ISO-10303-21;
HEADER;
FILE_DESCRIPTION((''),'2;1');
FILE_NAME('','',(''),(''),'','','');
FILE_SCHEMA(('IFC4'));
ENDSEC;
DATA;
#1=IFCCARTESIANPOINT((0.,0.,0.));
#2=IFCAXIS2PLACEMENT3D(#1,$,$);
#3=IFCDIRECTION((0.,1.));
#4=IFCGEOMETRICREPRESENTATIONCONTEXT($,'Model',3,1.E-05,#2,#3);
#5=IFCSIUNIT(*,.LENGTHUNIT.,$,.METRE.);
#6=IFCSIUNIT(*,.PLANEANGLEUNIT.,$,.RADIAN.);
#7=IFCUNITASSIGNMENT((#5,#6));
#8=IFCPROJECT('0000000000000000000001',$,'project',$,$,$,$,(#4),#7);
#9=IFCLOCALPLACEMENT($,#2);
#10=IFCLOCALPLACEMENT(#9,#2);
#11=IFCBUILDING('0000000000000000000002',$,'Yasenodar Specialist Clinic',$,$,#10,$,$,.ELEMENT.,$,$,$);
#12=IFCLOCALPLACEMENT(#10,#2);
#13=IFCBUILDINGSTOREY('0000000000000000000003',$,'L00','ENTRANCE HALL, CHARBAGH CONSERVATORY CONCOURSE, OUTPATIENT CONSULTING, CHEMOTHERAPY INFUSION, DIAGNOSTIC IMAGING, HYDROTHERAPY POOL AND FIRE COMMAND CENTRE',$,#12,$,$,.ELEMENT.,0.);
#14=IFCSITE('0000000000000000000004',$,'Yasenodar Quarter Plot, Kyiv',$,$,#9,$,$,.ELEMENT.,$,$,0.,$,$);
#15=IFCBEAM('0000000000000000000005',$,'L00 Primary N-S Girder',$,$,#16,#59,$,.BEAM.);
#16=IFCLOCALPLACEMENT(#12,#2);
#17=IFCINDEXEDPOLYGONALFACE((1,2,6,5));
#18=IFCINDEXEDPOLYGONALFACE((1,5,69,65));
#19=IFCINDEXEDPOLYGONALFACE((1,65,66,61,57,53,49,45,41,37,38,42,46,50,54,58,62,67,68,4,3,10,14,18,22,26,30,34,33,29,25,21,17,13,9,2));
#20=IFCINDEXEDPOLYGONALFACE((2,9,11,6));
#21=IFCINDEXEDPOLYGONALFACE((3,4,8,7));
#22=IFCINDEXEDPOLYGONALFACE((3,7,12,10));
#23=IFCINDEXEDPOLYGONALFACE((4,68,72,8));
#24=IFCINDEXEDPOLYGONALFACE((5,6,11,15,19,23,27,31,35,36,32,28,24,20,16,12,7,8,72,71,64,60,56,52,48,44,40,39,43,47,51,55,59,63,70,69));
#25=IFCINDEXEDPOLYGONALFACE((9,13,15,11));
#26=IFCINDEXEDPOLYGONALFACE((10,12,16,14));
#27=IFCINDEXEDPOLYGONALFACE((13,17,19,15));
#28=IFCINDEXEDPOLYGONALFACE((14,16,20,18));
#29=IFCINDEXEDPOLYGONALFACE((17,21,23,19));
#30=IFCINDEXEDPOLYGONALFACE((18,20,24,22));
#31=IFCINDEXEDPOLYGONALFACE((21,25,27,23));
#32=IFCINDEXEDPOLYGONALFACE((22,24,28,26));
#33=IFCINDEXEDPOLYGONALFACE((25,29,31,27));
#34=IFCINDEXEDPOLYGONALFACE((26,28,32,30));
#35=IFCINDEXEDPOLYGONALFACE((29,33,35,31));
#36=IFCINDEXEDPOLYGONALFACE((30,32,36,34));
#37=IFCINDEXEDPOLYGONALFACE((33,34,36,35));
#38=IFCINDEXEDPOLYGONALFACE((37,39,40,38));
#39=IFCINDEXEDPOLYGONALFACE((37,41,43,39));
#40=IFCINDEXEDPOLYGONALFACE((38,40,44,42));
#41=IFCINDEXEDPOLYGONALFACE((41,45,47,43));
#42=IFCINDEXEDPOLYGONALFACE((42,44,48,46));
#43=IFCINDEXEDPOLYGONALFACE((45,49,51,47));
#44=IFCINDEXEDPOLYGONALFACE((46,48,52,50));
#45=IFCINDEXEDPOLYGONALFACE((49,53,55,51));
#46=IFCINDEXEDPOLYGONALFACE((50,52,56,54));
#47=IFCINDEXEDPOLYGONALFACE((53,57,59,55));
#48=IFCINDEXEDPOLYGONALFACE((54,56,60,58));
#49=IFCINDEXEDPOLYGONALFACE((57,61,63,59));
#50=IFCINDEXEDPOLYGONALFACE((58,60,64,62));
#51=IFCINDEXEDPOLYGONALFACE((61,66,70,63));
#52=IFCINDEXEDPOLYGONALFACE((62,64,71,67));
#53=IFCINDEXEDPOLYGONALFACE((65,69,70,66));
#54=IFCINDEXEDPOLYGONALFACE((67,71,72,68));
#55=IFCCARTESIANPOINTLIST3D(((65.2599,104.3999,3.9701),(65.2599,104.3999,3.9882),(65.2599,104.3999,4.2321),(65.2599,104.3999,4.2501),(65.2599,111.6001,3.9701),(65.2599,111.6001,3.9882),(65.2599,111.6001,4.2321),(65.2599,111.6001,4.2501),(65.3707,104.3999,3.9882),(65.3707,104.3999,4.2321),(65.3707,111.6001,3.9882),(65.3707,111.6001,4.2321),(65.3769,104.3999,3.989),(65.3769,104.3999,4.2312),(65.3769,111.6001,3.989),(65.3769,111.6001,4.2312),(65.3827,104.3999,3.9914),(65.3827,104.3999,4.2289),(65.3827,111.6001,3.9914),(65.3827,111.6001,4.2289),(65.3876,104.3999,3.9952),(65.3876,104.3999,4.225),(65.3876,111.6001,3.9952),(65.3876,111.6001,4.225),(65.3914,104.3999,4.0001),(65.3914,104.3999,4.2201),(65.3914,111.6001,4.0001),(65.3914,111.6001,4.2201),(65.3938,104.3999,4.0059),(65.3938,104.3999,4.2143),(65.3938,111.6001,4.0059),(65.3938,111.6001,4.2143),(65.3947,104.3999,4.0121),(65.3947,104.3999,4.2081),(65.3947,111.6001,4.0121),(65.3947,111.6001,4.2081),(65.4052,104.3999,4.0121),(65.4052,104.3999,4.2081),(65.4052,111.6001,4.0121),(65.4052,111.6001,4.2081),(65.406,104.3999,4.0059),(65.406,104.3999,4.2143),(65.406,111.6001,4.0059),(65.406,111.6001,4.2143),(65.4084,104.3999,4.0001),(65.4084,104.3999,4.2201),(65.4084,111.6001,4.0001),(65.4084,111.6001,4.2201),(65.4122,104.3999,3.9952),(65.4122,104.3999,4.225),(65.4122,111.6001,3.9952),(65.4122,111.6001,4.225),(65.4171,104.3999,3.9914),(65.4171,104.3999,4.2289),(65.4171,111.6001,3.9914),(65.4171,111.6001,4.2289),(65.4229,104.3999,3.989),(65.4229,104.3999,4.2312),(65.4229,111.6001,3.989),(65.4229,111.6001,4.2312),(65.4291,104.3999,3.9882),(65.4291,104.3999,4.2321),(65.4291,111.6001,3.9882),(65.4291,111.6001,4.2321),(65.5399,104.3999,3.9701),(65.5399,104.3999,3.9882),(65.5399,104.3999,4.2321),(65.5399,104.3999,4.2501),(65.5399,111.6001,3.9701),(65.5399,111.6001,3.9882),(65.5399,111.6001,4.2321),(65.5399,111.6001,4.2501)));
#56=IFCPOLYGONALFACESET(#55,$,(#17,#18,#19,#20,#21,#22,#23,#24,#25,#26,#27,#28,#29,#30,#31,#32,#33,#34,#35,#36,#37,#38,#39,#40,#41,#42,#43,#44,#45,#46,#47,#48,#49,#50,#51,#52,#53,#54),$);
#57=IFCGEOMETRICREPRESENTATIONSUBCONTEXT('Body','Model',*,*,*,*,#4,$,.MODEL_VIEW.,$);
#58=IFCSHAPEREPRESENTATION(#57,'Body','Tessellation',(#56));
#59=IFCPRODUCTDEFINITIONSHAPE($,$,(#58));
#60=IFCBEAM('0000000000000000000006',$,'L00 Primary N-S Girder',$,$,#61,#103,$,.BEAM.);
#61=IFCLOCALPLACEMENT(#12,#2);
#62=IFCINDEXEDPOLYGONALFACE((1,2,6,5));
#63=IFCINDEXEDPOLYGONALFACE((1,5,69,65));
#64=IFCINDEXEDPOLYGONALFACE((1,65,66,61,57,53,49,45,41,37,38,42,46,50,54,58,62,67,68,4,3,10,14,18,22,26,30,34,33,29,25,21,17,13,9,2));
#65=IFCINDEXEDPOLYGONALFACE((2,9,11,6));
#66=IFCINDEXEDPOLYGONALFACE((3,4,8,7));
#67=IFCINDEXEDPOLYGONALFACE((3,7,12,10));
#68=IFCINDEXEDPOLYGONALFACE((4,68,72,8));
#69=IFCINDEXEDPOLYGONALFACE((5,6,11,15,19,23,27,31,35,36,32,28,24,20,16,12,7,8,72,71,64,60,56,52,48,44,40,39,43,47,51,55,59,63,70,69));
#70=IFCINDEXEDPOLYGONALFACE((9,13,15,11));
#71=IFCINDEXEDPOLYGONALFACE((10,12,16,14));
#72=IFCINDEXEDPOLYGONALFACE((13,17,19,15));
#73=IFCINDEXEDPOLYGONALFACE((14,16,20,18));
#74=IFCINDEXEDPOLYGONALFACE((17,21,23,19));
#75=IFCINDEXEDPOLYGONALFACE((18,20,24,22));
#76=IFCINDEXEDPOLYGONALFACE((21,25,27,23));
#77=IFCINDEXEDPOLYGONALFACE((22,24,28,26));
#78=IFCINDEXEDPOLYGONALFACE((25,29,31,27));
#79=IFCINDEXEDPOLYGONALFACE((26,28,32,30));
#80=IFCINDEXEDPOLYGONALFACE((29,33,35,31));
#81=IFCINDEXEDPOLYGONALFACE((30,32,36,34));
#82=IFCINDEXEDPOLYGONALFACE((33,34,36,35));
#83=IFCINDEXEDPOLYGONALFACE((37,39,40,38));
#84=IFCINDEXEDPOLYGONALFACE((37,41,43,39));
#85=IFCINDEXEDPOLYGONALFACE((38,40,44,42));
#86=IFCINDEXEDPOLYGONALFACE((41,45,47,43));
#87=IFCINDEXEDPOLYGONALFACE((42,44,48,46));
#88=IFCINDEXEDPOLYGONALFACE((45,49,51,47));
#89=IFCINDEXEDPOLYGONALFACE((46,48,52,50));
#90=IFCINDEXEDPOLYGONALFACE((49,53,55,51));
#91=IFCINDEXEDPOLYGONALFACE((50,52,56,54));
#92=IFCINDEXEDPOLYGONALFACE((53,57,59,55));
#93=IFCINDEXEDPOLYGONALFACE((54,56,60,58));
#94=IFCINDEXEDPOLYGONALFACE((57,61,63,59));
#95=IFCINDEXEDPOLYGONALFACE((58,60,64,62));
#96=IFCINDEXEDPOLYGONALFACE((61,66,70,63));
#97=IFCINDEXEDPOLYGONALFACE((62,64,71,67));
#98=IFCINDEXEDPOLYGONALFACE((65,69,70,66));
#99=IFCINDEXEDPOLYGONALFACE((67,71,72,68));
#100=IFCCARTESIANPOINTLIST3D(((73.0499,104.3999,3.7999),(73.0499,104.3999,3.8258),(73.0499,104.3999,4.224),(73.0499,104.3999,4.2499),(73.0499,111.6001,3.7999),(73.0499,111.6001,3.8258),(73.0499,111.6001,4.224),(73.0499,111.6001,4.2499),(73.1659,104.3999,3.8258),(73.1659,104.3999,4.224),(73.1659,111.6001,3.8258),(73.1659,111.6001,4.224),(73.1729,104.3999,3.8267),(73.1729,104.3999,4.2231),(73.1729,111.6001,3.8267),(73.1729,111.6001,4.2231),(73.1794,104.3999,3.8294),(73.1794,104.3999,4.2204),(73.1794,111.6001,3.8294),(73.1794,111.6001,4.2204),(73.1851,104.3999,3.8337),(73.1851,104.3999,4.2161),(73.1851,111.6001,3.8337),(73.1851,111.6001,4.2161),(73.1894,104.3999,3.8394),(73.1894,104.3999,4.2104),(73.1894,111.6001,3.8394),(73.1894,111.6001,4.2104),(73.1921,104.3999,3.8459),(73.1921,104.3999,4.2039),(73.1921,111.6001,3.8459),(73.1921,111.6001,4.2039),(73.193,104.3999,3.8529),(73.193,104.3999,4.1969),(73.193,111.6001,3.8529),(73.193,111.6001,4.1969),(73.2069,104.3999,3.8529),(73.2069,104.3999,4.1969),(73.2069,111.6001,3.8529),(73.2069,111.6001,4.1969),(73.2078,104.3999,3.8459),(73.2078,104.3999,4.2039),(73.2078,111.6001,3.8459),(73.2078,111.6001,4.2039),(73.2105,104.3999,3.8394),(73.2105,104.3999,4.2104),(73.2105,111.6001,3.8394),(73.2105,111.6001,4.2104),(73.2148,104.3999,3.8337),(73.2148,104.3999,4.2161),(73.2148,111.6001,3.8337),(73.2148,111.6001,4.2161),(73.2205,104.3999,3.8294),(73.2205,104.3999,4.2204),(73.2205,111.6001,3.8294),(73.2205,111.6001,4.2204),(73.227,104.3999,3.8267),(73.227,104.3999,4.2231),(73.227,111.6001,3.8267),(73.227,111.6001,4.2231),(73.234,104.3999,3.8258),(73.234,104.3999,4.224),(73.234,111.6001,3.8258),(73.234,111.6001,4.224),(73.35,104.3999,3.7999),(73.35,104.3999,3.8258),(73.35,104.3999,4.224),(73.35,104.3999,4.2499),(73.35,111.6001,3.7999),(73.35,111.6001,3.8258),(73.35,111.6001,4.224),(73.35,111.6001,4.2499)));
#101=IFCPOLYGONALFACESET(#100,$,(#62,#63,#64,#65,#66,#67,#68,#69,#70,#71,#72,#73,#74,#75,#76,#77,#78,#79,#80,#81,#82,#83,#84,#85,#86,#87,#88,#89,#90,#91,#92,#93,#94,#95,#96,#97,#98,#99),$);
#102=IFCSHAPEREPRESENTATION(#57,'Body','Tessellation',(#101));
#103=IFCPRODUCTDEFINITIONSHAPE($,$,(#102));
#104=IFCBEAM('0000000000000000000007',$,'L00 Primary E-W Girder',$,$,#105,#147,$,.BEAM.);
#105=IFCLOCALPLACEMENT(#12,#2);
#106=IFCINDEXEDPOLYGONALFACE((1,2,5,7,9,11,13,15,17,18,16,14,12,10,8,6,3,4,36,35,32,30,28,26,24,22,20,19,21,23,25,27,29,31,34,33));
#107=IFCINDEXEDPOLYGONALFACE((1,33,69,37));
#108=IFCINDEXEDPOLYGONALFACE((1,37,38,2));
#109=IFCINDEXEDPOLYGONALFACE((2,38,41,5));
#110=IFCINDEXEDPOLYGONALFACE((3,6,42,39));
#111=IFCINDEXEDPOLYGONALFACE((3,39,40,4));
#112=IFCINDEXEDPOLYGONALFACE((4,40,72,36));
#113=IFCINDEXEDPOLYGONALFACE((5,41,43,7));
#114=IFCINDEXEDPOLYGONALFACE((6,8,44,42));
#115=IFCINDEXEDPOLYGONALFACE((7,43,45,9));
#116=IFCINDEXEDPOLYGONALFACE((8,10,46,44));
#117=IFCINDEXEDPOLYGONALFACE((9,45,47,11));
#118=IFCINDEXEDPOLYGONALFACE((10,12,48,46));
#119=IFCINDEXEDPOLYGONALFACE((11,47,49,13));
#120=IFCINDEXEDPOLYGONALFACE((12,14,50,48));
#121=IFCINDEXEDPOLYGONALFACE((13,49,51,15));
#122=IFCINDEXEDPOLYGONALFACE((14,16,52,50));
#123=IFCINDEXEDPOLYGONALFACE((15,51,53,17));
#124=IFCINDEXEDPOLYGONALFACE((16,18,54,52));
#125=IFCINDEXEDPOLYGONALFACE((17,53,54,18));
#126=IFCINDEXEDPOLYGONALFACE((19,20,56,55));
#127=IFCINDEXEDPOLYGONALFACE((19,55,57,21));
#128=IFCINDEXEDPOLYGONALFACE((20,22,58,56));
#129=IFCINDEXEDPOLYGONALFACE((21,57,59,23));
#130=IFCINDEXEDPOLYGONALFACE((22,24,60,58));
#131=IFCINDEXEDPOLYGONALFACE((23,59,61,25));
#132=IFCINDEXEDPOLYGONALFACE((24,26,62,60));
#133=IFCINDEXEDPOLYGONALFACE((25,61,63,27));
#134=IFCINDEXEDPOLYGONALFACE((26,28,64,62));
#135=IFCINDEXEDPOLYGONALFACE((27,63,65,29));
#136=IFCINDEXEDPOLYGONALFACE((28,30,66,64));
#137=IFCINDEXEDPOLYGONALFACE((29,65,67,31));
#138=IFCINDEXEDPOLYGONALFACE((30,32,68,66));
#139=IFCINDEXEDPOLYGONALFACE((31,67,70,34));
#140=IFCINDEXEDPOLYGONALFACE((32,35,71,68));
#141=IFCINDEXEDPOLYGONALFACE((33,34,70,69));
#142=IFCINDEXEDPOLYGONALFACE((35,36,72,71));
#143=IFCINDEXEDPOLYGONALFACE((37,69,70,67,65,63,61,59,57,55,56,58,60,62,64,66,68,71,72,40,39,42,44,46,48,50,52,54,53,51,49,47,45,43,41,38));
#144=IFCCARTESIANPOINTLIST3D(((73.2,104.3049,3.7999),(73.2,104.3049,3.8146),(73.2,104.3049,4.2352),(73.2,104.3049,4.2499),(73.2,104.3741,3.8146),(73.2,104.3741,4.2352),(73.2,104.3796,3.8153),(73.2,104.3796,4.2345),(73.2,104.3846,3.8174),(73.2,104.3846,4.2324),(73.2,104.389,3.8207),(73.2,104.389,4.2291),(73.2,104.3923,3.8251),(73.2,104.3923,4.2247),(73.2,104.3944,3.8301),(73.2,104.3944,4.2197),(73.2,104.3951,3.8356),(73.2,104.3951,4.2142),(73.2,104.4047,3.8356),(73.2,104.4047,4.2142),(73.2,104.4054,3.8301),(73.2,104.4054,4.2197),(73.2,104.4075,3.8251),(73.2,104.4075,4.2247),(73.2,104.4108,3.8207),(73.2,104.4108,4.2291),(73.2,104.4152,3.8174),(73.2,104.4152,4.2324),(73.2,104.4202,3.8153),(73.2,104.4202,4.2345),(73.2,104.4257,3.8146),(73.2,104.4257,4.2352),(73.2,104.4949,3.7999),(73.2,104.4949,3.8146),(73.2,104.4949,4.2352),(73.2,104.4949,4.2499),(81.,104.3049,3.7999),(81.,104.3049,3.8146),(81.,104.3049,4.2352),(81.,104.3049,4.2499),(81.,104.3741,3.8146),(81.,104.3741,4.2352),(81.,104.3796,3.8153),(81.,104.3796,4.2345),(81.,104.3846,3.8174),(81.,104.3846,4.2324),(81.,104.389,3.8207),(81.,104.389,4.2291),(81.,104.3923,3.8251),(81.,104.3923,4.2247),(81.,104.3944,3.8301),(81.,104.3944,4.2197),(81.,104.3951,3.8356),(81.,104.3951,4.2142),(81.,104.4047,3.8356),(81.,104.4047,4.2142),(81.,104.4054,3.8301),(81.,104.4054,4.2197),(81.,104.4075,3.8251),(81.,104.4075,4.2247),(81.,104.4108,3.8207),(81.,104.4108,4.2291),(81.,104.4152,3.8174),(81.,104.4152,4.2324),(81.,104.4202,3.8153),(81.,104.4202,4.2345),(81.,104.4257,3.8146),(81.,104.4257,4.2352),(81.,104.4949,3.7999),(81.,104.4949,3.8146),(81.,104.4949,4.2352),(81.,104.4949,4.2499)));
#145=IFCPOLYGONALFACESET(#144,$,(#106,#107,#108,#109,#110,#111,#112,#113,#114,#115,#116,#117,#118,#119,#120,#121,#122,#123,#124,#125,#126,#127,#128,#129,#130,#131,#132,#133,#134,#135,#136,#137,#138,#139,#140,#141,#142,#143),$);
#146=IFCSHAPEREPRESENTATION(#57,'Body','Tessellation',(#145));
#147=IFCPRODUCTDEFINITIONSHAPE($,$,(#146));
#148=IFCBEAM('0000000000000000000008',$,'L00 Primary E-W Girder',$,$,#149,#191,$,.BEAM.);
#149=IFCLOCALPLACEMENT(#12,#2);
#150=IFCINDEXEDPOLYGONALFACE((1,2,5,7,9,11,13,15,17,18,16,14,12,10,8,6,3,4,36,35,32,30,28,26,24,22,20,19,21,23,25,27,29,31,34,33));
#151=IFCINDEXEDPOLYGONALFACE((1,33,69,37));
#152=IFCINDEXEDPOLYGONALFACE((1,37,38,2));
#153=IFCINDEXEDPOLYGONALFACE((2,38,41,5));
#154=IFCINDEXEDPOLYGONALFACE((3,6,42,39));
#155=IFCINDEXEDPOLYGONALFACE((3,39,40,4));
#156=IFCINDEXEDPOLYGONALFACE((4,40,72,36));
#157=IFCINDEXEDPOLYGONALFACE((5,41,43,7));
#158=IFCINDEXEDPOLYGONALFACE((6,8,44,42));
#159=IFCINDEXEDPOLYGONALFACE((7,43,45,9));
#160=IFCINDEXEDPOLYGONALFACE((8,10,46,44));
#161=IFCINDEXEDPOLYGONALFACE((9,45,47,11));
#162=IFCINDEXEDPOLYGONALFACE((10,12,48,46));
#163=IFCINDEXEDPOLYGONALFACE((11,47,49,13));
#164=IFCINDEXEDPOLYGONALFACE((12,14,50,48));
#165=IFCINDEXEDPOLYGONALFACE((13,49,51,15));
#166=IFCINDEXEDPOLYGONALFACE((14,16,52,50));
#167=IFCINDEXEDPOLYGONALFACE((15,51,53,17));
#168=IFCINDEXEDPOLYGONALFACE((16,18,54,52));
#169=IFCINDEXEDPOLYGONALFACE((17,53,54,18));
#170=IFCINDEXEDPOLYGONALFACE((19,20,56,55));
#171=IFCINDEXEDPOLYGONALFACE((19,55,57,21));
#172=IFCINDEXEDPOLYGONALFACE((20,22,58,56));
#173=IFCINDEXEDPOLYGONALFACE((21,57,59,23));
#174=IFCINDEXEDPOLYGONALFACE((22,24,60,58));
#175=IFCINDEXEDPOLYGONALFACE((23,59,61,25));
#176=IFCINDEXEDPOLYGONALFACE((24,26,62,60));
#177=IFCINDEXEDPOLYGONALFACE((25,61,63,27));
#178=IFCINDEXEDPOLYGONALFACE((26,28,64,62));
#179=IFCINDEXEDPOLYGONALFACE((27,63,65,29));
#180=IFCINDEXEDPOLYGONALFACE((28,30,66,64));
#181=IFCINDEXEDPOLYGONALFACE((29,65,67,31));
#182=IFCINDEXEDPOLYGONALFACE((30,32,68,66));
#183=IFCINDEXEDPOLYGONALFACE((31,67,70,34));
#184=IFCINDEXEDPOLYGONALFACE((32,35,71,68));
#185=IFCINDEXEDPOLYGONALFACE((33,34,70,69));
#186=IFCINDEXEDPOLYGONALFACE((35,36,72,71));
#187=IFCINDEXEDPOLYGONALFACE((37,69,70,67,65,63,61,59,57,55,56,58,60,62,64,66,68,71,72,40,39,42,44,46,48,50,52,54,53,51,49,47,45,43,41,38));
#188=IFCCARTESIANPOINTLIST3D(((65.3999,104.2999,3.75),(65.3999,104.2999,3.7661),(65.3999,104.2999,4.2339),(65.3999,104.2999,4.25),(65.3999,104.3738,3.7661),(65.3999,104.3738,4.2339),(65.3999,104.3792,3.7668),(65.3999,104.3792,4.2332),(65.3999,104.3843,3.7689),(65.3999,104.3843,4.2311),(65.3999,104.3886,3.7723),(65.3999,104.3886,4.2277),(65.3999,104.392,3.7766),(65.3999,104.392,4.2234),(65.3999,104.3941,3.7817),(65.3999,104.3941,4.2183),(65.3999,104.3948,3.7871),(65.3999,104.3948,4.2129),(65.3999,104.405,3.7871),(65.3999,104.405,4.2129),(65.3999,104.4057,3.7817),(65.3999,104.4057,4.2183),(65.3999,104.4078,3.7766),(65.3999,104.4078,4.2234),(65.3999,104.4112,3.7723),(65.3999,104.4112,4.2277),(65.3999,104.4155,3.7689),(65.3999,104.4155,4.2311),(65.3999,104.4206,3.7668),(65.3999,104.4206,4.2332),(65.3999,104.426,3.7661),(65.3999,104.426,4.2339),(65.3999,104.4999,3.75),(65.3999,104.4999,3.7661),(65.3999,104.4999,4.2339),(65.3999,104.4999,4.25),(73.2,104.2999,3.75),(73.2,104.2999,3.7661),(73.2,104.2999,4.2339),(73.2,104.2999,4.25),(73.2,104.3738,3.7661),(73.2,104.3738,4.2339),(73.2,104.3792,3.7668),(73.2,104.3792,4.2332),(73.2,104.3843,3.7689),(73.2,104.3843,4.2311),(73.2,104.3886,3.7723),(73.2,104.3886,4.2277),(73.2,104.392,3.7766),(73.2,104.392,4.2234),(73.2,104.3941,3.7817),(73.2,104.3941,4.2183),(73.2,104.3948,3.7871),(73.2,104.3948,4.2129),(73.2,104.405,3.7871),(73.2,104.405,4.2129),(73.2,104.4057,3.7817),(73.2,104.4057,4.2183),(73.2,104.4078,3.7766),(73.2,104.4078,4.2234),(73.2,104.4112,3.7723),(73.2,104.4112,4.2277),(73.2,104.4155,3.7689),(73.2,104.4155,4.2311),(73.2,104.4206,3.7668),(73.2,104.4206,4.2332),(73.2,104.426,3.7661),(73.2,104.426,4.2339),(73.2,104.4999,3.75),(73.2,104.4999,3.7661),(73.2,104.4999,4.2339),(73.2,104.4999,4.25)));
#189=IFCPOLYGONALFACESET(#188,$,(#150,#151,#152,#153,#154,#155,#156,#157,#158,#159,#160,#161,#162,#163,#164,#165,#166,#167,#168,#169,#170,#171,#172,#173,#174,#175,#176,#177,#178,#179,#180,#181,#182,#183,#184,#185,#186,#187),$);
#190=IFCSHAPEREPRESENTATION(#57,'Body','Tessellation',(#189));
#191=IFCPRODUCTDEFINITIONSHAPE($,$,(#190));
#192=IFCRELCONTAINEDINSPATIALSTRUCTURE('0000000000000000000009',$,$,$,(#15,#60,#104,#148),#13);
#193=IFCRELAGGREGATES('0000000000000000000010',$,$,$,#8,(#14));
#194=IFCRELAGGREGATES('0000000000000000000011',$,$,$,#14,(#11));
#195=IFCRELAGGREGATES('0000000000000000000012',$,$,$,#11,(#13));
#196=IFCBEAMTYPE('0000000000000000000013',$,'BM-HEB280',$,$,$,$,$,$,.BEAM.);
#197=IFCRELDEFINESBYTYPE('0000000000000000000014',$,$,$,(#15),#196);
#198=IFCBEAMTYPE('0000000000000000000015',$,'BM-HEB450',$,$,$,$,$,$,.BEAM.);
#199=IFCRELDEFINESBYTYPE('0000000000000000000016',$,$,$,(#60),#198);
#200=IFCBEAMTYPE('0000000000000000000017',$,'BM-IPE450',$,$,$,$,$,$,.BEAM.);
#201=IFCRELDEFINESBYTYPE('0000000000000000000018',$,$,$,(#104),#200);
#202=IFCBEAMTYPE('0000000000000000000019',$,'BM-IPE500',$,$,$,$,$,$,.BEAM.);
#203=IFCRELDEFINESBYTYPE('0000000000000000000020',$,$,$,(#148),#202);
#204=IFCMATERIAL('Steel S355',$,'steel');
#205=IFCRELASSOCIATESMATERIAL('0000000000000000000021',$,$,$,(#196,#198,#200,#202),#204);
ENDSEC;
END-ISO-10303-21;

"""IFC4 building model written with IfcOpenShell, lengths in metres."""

from ifc_helpers import new_model, si_unit, direction, frame, origin, origin_2d, place, context, subcontext, project, spatial, i_section, extrude, material, material_profile, profile_set, type_object, element, save


model = new_model("IFC4")

# Units and contexts
model_context = context("Model", 3, precision=1e-05, world=origin(), true_north=direction((0.0, 1.0)))
body_context = subcontext(model_context, "Body", "Model", "MODEL_VIEW")
ifc_project = project(units=[si_unit("LENGTHUNIT", "METRE"), si_unit("PLANEANGLEUNIT", "RADIAN")], contexts=[model_context])

# Site, building, storey
site_placement = place(None, origin())
site = spatial("IfcSite", under=ifc_project, at=site_placement, Name="Yasenodar Quarter Plot, Kyiv", CompositionType="ELEMENT", RefElevation=0.0)
building_placement = place(site_placement, origin())
building = spatial("IfcBuilding", under=site, at=building_placement, Name="Yasenodar Specialist Clinic", CompositionType="ELEMENT")
storey_placement = place(building_placement, origin())
storey = spatial("IfcBuildingStorey", under=building, at=storey_placement, Name="L00", Description="ENTRANCE HALL, CHARBAGH CONSERVATORY CONCOURSE, OUTPATIENT CONSULTING, CHEMOTHERAPY INFUSION, DIAGNOSTIC IMAGING, HYDROTHERAPY POOL AND FIRE COMMAND CENTRE", CompositionType="ELEMENT", Elevation=0.0)

# Shared definitions
ifc_material_1 = material(Name="Steel S355", Category="steel")

# Beams
ifc_material_profile_1 = material_profile(ifc_material_1, i_section(OverallWidth=0.28, OverallDepth=0.28, WebThickness=0.0105, FlangeThickness=0.0181, FilletRadius=0.0239, at=origin_2d()), Name="HEB 280")
ifc_profile_set_1 = profile_set([ifc_material_profile_1], Name="Steel S355")
beam_type_1 = type_object("IfcBeamType", Name="BM-HEB280", PredefinedType="BEAM", material=ifc_profile_set_1)
beam_1_placement = place(storey_placement, frame((65.3999, 104.3999, 4.1101), z_axis=(0.0, 1.0, 0.0), x_axis=(-1.0, 0.0, 0.0)))
element("IfcBeam", 1, at=beam_1_placement, inside=storey, type_object=beam_type_1, Name="L00 Primary N-S Girder", PredefinedType="BEAM", context=body_context, shape_type="SweptSolid", body=[
    extrude(i_section(OverallWidth=0.28, OverallDepth=0.28, WebThickness=0.0105, FlangeThickness=0.0181, FilletRadius=0.0239, at=origin_2d()), origin(), (0.0, 0.0, 1.0), 7.2002),
])
ifc_material_profile_2 = material_profile(ifc_material_1, i_section(OverallWidth=0.3, OverallDepth=0.45, WebThickness=0.0139, FlangeThickness=0.0259, FilletRadius=0.0271, at=origin_2d()), Name="HEB 450")
ifc_profile_set_2 = profile_set([ifc_material_profile_2], Name="Steel S355")
beam_type_2 = type_object("IfcBeamType", Name="BM-HEB450", PredefinedType="BEAM", material=ifc_profile_set_2)
beam_2_placement = place(storey_placement, frame((73.2, 104.3999, 4.0249), z_axis=(0.0, 1.0, 0.0), x_axis=(-1.0, 0.0, 0.0)))
element("IfcBeam", 2, at=beam_2_placement, inside=storey, type_object=beam_type_2, Name="L00 Primary N-S Girder", PredefinedType="BEAM", context=body_context, shape_type="SweptSolid", body=[
    extrude(i_section(OverallWidth=0.3, OverallDepth=0.45, WebThickness=0.0139, FlangeThickness=0.0259, FilletRadius=0.0271, at=origin_2d()), origin(), (0.0, 0.0, 1.0), 7.2002),
])
ifc_material_profile_3 = material_profile(ifc_material_1, i_section(OverallWidth=0.1899, OverallDepth=0.45, WebThickness=0.0095, FlangeThickness=0.0146, FilletRadius=0.021, at=origin_2d()), Name="IPE 450")
ifc_profile_set_3 = profile_set([ifc_material_profile_3], Name="Steel S355")
beam_type_3 = type_object("IfcBeamType", Name="BM-IPE450", PredefinedType="BEAM", material=ifc_profile_set_3)
beam_3_placement = place(storey_placement, frame((73.2, 104.3999, 4.0249), z_axis=(1.0, 0.0, 0.0), x_axis=(0.0, 1.0, 0.0)))
element("IfcBeam", 3, at=beam_3_placement, inside=storey, type_object=beam_type_3, Name="L00 Primary E-W Girder", PredefinedType="BEAM", context=body_context, shape_type="SweptSolid", body=[
    extrude(i_section(OverallWidth=0.1899, OverallDepth=0.45, WebThickness=0.0095, FlangeThickness=0.0146, FilletRadius=0.021, at=origin_2d()), origin(), (0.0, 0.0, 1.0), 7.8),
])
ifc_material_profile_4 = material_profile(ifc_material_1, i_section(OverallWidth=0.2, OverallDepth=0.5, WebThickness=0.0103, FlangeThickness=0.0161, FilletRadius=0.021, at=origin_2d()), Name="IPE 500")
ifc_profile_set_4 = profile_set([ifc_material_profile_4], Name="Steel S355")
beam_type_4 = type_object("IfcBeamType", Name="BM-IPE500", PredefinedType="BEAM", material=ifc_profile_set_4)
beam_4_placement = place(storey_placement, frame((65.3999, 104.3999, 4.0), z_axis=(1.0, 0.0, 0.0), x_axis=(0.0, 1.0, 0.0)))
element("IfcBeam", 4, at=beam_4_placement, inside=storey, type_object=beam_type_4, Name="L00 Primary E-W Girder", PredefinedType="BEAM", context=body_context, shape_type="SweptSolid", body=[
    extrude(i_section(OverallWidth=0.2, OverallDepth=0.5, WebThickness=0.0103, FlangeThickness=0.0161, FilletRadius=0.021, at=origin_2d()), origin(), (0.0, 0.0, 1.0), 7.8),
])

save(model, "model.ifc")
